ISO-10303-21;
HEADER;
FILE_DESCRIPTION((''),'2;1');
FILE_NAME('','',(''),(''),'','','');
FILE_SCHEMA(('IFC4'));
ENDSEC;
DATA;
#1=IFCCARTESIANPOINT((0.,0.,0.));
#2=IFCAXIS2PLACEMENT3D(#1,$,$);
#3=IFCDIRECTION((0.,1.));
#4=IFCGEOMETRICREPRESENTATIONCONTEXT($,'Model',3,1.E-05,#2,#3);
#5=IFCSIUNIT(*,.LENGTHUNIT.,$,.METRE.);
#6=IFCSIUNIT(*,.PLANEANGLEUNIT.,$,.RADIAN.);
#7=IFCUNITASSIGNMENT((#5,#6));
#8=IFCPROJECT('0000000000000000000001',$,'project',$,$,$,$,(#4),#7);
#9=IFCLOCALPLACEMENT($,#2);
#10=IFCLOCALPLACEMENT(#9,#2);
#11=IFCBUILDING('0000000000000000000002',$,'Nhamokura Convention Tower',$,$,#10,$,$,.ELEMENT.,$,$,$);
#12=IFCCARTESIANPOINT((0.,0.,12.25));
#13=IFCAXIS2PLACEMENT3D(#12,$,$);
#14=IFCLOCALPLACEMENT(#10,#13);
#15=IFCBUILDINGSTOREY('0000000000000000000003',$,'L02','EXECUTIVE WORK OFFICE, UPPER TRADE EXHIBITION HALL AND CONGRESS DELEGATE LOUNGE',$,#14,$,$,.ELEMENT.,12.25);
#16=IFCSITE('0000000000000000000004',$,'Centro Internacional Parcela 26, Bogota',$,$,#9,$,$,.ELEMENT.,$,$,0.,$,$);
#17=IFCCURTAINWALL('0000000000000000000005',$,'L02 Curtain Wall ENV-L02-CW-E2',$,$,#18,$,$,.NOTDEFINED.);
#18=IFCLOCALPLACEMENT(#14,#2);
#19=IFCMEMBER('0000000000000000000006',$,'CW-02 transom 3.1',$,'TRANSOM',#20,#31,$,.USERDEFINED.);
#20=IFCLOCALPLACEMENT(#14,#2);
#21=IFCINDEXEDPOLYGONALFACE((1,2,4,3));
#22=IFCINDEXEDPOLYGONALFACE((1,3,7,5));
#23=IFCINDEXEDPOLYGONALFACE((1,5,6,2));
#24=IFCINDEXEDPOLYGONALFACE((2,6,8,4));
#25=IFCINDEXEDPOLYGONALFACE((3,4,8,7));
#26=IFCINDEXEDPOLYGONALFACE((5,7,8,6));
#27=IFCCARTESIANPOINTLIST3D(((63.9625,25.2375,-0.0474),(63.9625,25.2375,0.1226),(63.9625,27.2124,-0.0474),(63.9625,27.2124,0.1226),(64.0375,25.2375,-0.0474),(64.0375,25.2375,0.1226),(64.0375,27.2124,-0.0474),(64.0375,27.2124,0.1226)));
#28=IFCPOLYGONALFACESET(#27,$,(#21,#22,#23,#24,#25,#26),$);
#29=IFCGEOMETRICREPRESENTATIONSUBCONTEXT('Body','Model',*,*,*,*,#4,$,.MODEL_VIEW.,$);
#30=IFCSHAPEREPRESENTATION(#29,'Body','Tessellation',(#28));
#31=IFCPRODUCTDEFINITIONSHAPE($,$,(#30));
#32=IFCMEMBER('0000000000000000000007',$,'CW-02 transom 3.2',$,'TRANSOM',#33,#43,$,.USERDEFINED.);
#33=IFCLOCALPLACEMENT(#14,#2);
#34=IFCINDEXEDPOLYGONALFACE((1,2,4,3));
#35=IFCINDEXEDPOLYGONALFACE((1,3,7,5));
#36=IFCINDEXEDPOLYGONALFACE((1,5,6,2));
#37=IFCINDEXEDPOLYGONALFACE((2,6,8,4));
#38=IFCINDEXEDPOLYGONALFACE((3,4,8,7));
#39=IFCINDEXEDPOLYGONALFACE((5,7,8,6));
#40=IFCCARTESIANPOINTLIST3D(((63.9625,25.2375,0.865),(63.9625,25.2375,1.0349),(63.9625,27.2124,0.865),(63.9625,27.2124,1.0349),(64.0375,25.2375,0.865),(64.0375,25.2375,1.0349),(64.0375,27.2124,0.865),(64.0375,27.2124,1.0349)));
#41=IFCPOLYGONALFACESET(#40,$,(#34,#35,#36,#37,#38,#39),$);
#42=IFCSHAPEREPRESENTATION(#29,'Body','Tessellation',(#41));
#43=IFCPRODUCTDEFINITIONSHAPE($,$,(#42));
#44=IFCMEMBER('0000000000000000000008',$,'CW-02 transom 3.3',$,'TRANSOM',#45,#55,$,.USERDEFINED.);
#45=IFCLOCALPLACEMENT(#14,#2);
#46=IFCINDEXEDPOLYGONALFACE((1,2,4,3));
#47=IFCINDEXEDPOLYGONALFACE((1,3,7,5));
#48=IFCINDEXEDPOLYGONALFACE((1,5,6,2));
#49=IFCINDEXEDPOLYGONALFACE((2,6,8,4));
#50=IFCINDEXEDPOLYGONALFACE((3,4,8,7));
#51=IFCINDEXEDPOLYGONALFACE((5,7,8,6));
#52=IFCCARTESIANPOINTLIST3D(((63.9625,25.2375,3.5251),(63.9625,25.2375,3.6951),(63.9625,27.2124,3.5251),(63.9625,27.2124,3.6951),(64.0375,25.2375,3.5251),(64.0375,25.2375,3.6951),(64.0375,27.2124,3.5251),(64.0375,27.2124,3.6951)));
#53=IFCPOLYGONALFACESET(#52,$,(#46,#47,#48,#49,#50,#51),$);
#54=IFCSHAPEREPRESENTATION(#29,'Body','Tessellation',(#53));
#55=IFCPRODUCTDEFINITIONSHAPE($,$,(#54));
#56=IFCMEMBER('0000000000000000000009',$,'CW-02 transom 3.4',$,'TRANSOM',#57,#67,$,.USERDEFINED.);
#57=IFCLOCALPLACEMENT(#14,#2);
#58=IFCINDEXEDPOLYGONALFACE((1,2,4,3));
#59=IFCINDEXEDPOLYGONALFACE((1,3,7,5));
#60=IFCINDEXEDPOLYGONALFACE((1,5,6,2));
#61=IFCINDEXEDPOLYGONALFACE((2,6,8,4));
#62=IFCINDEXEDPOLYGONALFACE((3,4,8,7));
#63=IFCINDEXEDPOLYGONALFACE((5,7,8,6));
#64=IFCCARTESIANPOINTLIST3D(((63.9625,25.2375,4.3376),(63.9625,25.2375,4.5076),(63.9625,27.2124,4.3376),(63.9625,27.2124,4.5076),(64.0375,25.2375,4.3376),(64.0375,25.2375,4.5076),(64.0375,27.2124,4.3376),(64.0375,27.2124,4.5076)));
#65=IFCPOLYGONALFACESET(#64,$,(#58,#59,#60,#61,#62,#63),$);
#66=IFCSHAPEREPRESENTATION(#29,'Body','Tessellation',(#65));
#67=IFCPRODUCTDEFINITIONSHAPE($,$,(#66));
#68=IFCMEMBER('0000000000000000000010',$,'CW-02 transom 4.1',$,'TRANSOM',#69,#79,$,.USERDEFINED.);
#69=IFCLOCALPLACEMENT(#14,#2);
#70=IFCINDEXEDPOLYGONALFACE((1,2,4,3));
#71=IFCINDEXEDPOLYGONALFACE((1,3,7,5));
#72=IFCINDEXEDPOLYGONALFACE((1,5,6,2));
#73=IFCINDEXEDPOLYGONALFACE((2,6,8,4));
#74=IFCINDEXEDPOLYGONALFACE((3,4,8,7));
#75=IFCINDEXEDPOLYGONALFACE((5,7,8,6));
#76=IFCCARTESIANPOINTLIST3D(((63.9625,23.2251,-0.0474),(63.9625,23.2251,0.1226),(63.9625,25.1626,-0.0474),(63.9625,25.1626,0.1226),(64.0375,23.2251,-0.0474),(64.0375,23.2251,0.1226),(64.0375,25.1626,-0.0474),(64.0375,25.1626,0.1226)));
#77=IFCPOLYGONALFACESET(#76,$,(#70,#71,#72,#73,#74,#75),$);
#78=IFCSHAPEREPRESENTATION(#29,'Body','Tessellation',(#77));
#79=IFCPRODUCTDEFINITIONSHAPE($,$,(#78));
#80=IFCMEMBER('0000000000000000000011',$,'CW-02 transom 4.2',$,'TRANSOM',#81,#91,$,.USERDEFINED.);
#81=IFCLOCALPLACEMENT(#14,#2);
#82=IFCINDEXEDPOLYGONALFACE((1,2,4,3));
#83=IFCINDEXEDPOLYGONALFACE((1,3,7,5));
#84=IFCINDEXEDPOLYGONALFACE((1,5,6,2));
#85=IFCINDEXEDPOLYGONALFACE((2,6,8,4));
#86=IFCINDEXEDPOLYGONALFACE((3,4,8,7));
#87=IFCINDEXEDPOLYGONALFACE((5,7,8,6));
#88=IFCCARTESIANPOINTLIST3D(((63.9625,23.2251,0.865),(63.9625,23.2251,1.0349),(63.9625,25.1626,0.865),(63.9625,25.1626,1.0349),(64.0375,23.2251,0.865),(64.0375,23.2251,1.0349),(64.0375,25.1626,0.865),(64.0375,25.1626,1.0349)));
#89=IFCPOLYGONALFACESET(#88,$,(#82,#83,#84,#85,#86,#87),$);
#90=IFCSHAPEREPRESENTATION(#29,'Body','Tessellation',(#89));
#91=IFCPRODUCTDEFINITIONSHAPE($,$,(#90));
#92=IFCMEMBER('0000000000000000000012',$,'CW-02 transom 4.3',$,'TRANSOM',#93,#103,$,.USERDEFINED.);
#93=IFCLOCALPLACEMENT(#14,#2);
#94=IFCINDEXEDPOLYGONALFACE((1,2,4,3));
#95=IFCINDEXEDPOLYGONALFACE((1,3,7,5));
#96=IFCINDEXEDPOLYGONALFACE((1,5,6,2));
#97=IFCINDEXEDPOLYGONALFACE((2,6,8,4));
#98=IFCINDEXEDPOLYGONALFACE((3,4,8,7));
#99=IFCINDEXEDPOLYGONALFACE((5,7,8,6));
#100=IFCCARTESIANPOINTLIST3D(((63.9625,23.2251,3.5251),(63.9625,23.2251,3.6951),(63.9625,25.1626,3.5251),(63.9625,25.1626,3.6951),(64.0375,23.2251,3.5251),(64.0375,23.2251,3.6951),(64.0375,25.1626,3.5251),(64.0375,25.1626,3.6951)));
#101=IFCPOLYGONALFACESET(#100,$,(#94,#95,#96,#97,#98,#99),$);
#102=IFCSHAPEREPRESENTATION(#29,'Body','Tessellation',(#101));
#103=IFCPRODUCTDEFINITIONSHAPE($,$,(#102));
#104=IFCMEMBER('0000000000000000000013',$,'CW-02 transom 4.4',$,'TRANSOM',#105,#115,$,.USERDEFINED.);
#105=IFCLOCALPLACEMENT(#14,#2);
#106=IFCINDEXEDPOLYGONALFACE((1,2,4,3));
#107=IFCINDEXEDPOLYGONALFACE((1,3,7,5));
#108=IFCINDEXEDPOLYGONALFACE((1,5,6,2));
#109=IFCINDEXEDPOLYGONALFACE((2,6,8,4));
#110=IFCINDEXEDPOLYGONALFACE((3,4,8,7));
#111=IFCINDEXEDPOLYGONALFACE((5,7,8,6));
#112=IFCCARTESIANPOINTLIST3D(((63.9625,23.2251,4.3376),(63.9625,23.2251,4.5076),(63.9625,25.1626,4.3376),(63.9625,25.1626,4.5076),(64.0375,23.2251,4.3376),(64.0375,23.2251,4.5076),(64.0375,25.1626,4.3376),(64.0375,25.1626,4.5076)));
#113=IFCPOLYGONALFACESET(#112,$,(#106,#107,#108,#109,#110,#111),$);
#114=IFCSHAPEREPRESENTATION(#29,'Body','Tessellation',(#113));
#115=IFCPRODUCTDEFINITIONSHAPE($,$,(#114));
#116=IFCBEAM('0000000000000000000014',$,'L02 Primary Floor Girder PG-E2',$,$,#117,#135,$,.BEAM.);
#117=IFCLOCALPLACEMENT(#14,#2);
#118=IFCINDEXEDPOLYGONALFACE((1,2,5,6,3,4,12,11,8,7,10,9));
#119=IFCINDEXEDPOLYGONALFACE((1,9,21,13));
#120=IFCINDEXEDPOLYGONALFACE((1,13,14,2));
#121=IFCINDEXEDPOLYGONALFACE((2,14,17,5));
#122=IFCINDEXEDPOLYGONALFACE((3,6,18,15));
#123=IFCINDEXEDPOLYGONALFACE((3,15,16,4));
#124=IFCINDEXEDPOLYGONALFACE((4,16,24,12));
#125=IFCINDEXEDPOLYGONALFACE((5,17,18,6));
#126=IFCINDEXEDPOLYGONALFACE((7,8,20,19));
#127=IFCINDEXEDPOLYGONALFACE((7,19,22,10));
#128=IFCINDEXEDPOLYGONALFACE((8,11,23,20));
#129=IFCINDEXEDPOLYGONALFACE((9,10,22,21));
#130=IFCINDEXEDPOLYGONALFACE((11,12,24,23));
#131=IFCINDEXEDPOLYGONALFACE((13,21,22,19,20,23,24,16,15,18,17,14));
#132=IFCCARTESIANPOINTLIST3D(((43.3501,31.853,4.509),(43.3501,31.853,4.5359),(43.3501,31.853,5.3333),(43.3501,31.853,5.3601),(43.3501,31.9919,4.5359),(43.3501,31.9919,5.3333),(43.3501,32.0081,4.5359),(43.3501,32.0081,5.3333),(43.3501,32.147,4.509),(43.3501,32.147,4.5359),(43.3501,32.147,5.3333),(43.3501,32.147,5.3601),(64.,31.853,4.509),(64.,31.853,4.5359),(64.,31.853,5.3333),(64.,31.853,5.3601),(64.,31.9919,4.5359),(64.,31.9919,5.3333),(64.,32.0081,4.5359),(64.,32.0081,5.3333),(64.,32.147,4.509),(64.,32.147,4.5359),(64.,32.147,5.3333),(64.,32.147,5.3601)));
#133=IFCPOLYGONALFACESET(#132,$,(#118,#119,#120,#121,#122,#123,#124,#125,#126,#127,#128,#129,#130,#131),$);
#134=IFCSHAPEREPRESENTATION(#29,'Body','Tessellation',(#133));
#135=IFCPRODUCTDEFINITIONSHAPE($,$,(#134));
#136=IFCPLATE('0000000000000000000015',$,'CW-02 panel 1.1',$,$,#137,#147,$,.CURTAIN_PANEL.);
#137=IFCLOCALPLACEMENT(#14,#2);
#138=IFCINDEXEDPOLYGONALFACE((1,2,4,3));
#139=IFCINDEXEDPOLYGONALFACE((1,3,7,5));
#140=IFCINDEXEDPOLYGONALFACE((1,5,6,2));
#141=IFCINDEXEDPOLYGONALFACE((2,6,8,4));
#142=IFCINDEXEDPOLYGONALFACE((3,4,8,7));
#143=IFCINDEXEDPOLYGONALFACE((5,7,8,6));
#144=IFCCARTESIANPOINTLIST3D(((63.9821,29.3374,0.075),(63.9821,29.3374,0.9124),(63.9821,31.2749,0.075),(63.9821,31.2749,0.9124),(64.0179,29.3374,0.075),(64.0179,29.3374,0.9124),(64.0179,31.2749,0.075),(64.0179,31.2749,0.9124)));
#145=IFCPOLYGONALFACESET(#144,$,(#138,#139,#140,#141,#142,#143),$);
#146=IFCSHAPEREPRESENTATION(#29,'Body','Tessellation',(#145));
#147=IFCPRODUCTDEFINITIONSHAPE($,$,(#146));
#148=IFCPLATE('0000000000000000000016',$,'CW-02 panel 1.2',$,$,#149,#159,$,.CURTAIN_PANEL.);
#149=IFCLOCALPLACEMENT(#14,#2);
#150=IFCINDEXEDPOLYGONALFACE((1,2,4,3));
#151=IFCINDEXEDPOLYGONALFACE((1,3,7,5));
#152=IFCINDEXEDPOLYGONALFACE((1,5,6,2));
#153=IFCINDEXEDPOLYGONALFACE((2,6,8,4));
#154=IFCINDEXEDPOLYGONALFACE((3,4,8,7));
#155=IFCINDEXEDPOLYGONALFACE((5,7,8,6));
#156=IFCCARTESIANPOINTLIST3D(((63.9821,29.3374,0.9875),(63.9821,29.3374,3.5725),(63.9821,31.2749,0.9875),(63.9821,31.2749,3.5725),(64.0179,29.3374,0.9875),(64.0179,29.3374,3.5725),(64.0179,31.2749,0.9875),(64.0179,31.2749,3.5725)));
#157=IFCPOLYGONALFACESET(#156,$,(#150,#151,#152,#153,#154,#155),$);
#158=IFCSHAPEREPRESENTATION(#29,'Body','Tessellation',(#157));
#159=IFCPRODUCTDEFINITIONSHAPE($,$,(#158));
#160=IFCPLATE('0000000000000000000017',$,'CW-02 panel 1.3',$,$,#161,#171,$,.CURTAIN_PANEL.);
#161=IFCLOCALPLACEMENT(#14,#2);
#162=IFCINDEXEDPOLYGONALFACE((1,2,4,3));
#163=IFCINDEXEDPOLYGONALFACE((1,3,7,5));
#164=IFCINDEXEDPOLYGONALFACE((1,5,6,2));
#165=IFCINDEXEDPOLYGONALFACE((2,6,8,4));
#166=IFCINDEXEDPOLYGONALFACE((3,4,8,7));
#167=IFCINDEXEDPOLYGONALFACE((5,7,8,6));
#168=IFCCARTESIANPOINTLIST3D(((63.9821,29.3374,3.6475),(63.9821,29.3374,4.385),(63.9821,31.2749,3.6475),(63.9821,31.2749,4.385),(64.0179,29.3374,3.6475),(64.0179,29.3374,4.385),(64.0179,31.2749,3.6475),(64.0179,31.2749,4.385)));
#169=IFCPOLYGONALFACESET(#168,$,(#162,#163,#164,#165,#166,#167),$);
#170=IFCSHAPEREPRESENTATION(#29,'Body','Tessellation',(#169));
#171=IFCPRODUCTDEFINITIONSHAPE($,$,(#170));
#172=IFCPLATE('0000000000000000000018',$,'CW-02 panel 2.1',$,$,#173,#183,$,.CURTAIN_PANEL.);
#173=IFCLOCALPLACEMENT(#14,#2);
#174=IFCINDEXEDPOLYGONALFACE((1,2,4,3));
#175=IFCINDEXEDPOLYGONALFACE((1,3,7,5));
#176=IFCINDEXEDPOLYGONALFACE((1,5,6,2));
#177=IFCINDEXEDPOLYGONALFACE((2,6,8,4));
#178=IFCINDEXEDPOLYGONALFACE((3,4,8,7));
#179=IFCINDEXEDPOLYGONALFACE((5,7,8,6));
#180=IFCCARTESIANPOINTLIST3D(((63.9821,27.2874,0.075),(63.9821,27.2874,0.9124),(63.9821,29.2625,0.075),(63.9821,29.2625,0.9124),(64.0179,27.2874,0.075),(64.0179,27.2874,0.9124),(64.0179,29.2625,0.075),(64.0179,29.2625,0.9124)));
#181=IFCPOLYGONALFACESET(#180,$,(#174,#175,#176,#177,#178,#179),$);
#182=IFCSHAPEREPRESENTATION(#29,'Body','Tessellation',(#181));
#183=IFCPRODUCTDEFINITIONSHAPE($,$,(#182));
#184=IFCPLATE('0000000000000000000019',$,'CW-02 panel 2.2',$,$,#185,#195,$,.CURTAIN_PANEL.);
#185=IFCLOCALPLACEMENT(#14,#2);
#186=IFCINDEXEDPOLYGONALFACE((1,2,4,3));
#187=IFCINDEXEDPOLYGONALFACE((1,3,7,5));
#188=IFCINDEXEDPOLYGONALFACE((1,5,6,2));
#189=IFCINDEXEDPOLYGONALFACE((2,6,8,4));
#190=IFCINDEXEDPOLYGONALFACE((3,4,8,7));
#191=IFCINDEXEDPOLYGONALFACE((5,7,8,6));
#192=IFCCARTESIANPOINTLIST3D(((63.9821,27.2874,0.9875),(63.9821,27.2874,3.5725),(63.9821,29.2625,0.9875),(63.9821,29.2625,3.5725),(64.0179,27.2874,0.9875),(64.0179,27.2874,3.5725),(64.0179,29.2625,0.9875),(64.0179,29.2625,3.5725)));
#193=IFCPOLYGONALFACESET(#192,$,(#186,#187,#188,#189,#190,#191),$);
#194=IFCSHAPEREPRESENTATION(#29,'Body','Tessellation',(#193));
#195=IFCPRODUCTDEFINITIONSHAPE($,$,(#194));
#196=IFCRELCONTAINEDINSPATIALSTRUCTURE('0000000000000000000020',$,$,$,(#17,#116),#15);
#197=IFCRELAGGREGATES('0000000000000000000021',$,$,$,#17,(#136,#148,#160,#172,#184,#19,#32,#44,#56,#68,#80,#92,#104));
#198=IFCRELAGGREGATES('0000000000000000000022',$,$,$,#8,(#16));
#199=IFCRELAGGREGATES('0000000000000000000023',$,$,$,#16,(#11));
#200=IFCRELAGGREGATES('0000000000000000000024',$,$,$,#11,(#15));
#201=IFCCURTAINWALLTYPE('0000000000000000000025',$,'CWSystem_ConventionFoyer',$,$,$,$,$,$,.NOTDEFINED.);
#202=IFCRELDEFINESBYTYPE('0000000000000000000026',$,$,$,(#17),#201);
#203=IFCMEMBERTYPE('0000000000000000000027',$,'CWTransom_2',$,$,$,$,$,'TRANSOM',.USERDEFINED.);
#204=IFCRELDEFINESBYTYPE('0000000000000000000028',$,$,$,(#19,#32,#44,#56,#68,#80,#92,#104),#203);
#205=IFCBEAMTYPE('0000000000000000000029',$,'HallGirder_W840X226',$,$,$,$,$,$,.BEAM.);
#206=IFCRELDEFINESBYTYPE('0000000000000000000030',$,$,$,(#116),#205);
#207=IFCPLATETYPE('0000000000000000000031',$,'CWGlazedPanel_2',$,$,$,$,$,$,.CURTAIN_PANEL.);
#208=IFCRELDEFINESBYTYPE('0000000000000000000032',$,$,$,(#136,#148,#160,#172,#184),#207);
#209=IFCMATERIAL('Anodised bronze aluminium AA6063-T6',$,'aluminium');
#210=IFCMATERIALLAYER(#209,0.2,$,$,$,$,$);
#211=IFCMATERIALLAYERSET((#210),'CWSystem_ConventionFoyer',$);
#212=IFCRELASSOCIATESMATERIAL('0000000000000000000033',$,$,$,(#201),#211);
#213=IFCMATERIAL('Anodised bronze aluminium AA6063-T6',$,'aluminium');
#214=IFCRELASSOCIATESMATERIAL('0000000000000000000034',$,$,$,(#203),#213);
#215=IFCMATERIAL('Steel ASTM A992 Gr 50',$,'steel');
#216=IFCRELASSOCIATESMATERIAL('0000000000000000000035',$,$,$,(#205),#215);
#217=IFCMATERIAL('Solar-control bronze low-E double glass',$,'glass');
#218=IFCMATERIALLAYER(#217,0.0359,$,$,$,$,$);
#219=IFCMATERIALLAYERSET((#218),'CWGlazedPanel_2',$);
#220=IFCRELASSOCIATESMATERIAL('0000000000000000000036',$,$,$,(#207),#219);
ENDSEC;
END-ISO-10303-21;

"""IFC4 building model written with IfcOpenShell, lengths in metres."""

from ifc_helpers import new_model, si_unit, direction, frame, origin, origin_2d, place, context, subcontext, project, spatial, rectangle, i_section, extrude, material, layer, layer_set, material_profile, profile_set, type_object, element, aggregate, save


model = new_model("IFC4")

# Units and contexts
model_context = context("Model", 3, precision=1e-05, world=origin(), true_north=direction((0.0, 1.0)))
body_context = subcontext(model_context, "Body", "Model", "MODEL_VIEW")
ifc_project = project(units=[si_unit("LENGTHUNIT", "METRE"), si_unit("PLANEANGLEUNIT", "RADIAN")], contexts=[model_context])

# Site, building, storey
site_placement = place(None, origin())
site = spatial("IfcSite", under=ifc_project, at=site_placement, Name="Centro Internacional Parcela 26, Bogota", CompositionType="ELEMENT", RefElevation=0.0)
building_placement = place(site_placement, origin())
building = spatial("IfcBuilding", under=site, at=building_placement, Name="Nhamokura Convention Tower", CompositionType="ELEMENT")
storey_placement = place(building_placement, frame((0.0, 0.0, 12.25)))
storey = spatial("IfcBuildingStorey", under=building, at=storey_placement, Name="L02", Description="EXECUTIVE WORK OFFICE, UPPER TRADE EXHIBITION HALL AND CONGRESS DELEGATE LOUNGE", CompositionType="ELEMENT", Elevation=12.25)

# Curtain wall, members
ifc_material_1 = material(Name="Anodised bronze aluminium AA6063-T6", Category="aluminium")
ifc_layer_1 = layer(ifc_material_1, 0.2)
ifc_layer_set_1 = layer_set([ifc_layer_1], Name="CWSystem_ConventionFoyer")
curtain_wall_type = type_object("IfcCurtainWallType", Name="CWSystem_ConventionFoyer", PredefinedType="NOTDEFINED", material=ifc_layer_set_1)
curtain_wall_placement = place(storey_placement, origin())
curtain_wall = element("IfcCurtainWall", 1, at=curtain_wall_placement, inside=storey, type_object=curtain_wall_type, Name="L02 Curtain Wall ENV-L02-CW-E2", PredefinedType="NOTDEFINED")
ifc_material_2 = material(Name="Anodised bronze aluminium AA6063-T6", Category="aluminium")
ifc_material_profile_1 = material_profile(ifc_material_2, rectangle(XDim=0.075, YDim=0.1699, at=origin_2d()))
ifc_profile_set_1 = profile_set([ifc_material_profile_1], Name="Anodised bronze aluminium AA6063-T6")
member_type_1 = type_object("IfcMemberType", Name="CWTransom_2", ElementType="TRANSOM", PredefinedType="USERDEFINED", material=ifc_profile_set_1)
member_1_placement = place(storey_placement, frame((64.0, 27.2124, 0.0376), z_axis=(0.0, -1.0, 0.0), x_axis=(1.0, 0.0, 0.0)))
member_1 = element("IfcMember", 2, at=member_1_placement, type_object=member_type_1, Name="CW-02 transom 3.1", ObjectType="TRANSOM", PredefinedType="USERDEFINED", context=body_context, shape_type="SweptSolid", body=[
    extrude(rectangle(XDim=0.075, YDim=0.1699, at=origin_2d()), origin(), (0.0, 0.0, 1.0), 1.9749),
])
member_2_placement = place(storey_placement, frame((64.0, 27.2124, 0.95), z_axis=(0.0, -1.0, 0.0), x_axis=(1.0, 0.0, 0.0)))
member_2 = element("IfcMember", 3, at=member_2_placement, type_object=member_type_1, Name="CW-02 transom 3.2", ObjectType="TRANSOM", PredefinedType="USERDEFINED", context=body_context, shape_type="SweptSolid", body=[
    extrude(rectangle(XDim=0.075, YDim=0.1699, at=origin_2d()), origin(), (0.0, 0.0, 1.0), 1.9749),
])
member_3_placement = place(storey_placement, frame((64.0, 27.2124, 3.6101), z_axis=(0.0, -1.0, 0.0), x_axis=(1.0, 0.0, 0.0)))
member_3 = element("IfcMember", 4, at=member_3_placement, type_object=member_type_1, Name="CW-02 transom 3.3", ObjectType="TRANSOM", PredefinedType="USERDEFINED", context=body_context, shape_type="SweptSolid", body=[
    extrude(rectangle(XDim=0.075, YDim=0.1699, at=origin_2d()), origin(), (0.0, 0.0, 1.0), 1.9749),
])
member_4_placement = place(storey_placement, frame((64.0, 27.2124, 4.4226), z_axis=(0.0, -1.0, 0.0), x_axis=(1.0, 0.0, 0.0)))
member_4 = element("IfcMember", 5, at=member_4_placement, type_object=member_type_1, Name="CW-02 transom 3.4", ObjectType="TRANSOM", PredefinedType="USERDEFINED", context=body_context, shape_type="SweptSolid", body=[
    extrude(rectangle(XDim=0.075, YDim=0.1699, at=origin_2d()), origin(), (0.0, 0.0, 1.0), 1.9749),
])
member_5_placement = place(storey_placement, frame((64.0, 25.1626, 0.0376), z_axis=(0.0, -1.0, 0.0), x_axis=(1.0, 0.0, 0.0)))
member_5 = element("IfcMember", 6, at=member_5_placement, type_object=member_type_1, Name="CW-02 transom 4.1", ObjectType="TRANSOM", PredefinedType="USERDEFINED", context=body_context, shape_type="SweptSolid", body=[
    extrude(rectangle(XDim=0.075, YDim=0.1699, at=origin_2d()), origin(), (0.0, 0.0, 1.0), 1.9375),
])
member_6_placement = place(storey_placement, frame((64.0, 25.1626, 0.95), z_axis=(0.0, -1.0, 0.0), x_axis=(1.0, 0.0, 0.0)))
member_6 = element("IfcMember", 7, at=member_6_placement, type_object=member_type_1, Name="CW-02 transom 4.2", ObjectType="TRANSOM", PredefinedType="USERDEFINED", context=body_context, shape_type="SweptSolid", body=[
    extrude(rectangle(XDim=0.075, YDim=0.1699, at=origin_2d()), origin(), (0.0, 0.0, 1.0), 1.9375),
])
member_7_placement = place(storey_placement, frame((64.0, 25.1626, 3.6101), z_axis=(0.0, -1.0, 0.0), x_axis=(1.0, 0.0, 0.0)))
member_7 = element("IfcMember", 8, at=member_7_placement, type_object=member_type_1, Name="CW-02 transom 4.3", ObjectType="TRANSOM", PredefinedType="USERDEFINED", context=body_context, shape_type="SweptSolid", body=[
    extrude(rectangle(XDim=0.075, YDim=0.1699, at=origin_2d()), origin(), (0.0, 0.0, 1.0), 1.9375),
])
member_8_placement = place(storey_placement, frame((64.0, 25.1626, 4.4226), z_axis=(0.0, -1.0, 0.0), x_axis=(1.0, 0.0, 0.0)))
member_8 = element("IfcMember", 9, at=member_8_placement, type_object=member_type_1, Name="CW-02 transom 4.4", ObjectType="TRANSOM", PredefinedType="USERDEFINED", context=body_context, shape_type="SweptSolid", body=[
    extrude(rectangle(XDim=0.075, YDim=0.1699, at=origin_2d()), origin(), (0.0, 0.0, 1.0), 1.9375),
])

# Beam
ifc_material_3 = material(Name="Steel ASTM A992 Gr 50", Category="steel")
ifc_material_profile_2 = material_profile(ifc_material_3, i_section(OverallWidth=0.2939, OverallDepth=0.8511, WebThickness=0.0161, FlangeThickness=0.0269, at=origin_2d()))
ifc_profile_set_2 = profile_set([ifc_material_profile_2], Name="Steel ASTM A992 Gr 50")
beam_type = type_object("IfcBeamType", Name="HallGirder_W840X226", PredefinedType="BEAM", material=ifc_profile_set_2)
beam_placement = place(storey_placement, frame((43.3501, 32.0, 4.9346), z_axis=(1.0, 0.0, 0.0), x_axis=(0.0, 1.0, 0.0)))
element("IfcBeam", 10, at=beam_placement, inside=storey, type_object=beam_type, Name="L02 Primary Floor Girder PG-E2", PredefinedType="BEAM", context=body_context, shape_type="SweptSolid", body=[
    extrude(i_section(OverallWidth=0.2939, OverallDepth=0.8511, WebThickness=0.0161, FlangeThickness=0.0269, at=origin_2d()), origin(), (0.0, 0.0, 1.0), 20.6499),
])

# Plates
ifc_material_4 = material(Name="Solar-control bronze low-E double glass", Category="glass")
ifc_layer_2 = layer(ifc_material_4, 0.0359)
ifc_layer_set_2 = layer_set([ifc_layer_2], Name="CWGlazedPanel_2")
plate_type = type_object("IfcPlateType", Name="CWGlazedPanel_2", PredefinedType="CURTAIN_PANEL", material=ifc_layer_set_2)
plate_1_placement = place(storey_placement, frame((64.0, 30.3062, 0.075), z_axis=(0.0, 0.0, 1.0), x_axis=(0.0, -1.0, 0.0)))
plate_1 = element("IfcPlate", 11, at=plate_1_placement, type_object=plate_type, Name="CW-02 panel 1.1", PredefinedType="CURTAIN_PANEL", context=body_context, shape_type="SweptSolid", body=[
    extrude(rectangle(XDim=1.9375, YDim=0.0359, at=origin_2d()), origin(), (0.0, 0.0, 1.0), 0.8374),
])
plate_2_placement = place(storey_placement, frame((64.0, 30.3062, 0.9875), z_axis=(0.0, 0.0, 1.0), x_axis=(0.0, -1.0, 0.0)))
plate_2 = element("IfcPlate", 12, at=plate_2_placement, type_object=plate_type, Name="CW-02 panel 1.2", PredefinedType="CURTAIN_PANEL", context=body_context, shape_type="SweptSolid", body=[
    extrude(rectangle(XDim=1.9375, YDim=0.0359, at=origin_2d()), origin(), (0.0, 0.0, 1.0), 2.585),
])
plate_3_placement = place(storey_placement, frame((64.0, 30.3062, 3.6475), z_axis=(0.0, 0.0, 1.0), x_axis=(0.0, -1.0, 0.0)))
plate_3 = element("IfcPlate", 13, at=plate_3_placement, type_object=plate_type, Name="CW-02 panel 1.3", PredefinedType="CURTAIN_PANEL", context=body_context, shape_type="SweptSolid", body=[
    extrude(rectangle(XDim=1.9375, YDim=0.0359, at=origin_2d()), origin(), (0.0, 0.0, 1.0), 0.7375),
])
plate_4_placement = place(storey_placement, frame((64.0, 28.2749, 0.075), z_axis=(0.0, 0.0, 1.0), x_axis=(0.0, -1.0, 0.0)))
plate_4 = element("IfcPlate", 14, at=plate_4_placement, type_object=plate_type, Name="CW-02 panel 2.1", PredefinedType="CURTAIN_PANEL", context=body_context, shape_type="SweptSolid", body=[
    extrude(rectangle(XDim=1.9751, YDim=0.0359, at=origin_2d()), origin(), (0.0, 0.0, 1.0), 0.8374),
])
plate_5_placement = place(storey_placement, frame((64.0, 28.2749, 0.9875), z_axis=(0.0, 0.0, 1.0), x_axis=(0.0, -1.0, 0.0)))
plate_5 = element("IfcPlate", 15, at=plate_5_placement, type_object=plate_type, Name="CW-02 panel 2.2", PredefinedType="CURTAIN_PANEL", context=body_context, shape_type="SweptSolid", body=[
    extrude(rectangle(XDim=1.9751, YDim=0.0359, at=origin_2d()), origin(), (0.0, 0.0, 1.0), 2.585),
])
aggregate(curtain_wall, [plate_1, plate_2, plate_3, plate_4, plate_5, member_1, member_2, member_3, member_4, member_5, member_6, member_7, member_8])

save(model, "model.ifc")
